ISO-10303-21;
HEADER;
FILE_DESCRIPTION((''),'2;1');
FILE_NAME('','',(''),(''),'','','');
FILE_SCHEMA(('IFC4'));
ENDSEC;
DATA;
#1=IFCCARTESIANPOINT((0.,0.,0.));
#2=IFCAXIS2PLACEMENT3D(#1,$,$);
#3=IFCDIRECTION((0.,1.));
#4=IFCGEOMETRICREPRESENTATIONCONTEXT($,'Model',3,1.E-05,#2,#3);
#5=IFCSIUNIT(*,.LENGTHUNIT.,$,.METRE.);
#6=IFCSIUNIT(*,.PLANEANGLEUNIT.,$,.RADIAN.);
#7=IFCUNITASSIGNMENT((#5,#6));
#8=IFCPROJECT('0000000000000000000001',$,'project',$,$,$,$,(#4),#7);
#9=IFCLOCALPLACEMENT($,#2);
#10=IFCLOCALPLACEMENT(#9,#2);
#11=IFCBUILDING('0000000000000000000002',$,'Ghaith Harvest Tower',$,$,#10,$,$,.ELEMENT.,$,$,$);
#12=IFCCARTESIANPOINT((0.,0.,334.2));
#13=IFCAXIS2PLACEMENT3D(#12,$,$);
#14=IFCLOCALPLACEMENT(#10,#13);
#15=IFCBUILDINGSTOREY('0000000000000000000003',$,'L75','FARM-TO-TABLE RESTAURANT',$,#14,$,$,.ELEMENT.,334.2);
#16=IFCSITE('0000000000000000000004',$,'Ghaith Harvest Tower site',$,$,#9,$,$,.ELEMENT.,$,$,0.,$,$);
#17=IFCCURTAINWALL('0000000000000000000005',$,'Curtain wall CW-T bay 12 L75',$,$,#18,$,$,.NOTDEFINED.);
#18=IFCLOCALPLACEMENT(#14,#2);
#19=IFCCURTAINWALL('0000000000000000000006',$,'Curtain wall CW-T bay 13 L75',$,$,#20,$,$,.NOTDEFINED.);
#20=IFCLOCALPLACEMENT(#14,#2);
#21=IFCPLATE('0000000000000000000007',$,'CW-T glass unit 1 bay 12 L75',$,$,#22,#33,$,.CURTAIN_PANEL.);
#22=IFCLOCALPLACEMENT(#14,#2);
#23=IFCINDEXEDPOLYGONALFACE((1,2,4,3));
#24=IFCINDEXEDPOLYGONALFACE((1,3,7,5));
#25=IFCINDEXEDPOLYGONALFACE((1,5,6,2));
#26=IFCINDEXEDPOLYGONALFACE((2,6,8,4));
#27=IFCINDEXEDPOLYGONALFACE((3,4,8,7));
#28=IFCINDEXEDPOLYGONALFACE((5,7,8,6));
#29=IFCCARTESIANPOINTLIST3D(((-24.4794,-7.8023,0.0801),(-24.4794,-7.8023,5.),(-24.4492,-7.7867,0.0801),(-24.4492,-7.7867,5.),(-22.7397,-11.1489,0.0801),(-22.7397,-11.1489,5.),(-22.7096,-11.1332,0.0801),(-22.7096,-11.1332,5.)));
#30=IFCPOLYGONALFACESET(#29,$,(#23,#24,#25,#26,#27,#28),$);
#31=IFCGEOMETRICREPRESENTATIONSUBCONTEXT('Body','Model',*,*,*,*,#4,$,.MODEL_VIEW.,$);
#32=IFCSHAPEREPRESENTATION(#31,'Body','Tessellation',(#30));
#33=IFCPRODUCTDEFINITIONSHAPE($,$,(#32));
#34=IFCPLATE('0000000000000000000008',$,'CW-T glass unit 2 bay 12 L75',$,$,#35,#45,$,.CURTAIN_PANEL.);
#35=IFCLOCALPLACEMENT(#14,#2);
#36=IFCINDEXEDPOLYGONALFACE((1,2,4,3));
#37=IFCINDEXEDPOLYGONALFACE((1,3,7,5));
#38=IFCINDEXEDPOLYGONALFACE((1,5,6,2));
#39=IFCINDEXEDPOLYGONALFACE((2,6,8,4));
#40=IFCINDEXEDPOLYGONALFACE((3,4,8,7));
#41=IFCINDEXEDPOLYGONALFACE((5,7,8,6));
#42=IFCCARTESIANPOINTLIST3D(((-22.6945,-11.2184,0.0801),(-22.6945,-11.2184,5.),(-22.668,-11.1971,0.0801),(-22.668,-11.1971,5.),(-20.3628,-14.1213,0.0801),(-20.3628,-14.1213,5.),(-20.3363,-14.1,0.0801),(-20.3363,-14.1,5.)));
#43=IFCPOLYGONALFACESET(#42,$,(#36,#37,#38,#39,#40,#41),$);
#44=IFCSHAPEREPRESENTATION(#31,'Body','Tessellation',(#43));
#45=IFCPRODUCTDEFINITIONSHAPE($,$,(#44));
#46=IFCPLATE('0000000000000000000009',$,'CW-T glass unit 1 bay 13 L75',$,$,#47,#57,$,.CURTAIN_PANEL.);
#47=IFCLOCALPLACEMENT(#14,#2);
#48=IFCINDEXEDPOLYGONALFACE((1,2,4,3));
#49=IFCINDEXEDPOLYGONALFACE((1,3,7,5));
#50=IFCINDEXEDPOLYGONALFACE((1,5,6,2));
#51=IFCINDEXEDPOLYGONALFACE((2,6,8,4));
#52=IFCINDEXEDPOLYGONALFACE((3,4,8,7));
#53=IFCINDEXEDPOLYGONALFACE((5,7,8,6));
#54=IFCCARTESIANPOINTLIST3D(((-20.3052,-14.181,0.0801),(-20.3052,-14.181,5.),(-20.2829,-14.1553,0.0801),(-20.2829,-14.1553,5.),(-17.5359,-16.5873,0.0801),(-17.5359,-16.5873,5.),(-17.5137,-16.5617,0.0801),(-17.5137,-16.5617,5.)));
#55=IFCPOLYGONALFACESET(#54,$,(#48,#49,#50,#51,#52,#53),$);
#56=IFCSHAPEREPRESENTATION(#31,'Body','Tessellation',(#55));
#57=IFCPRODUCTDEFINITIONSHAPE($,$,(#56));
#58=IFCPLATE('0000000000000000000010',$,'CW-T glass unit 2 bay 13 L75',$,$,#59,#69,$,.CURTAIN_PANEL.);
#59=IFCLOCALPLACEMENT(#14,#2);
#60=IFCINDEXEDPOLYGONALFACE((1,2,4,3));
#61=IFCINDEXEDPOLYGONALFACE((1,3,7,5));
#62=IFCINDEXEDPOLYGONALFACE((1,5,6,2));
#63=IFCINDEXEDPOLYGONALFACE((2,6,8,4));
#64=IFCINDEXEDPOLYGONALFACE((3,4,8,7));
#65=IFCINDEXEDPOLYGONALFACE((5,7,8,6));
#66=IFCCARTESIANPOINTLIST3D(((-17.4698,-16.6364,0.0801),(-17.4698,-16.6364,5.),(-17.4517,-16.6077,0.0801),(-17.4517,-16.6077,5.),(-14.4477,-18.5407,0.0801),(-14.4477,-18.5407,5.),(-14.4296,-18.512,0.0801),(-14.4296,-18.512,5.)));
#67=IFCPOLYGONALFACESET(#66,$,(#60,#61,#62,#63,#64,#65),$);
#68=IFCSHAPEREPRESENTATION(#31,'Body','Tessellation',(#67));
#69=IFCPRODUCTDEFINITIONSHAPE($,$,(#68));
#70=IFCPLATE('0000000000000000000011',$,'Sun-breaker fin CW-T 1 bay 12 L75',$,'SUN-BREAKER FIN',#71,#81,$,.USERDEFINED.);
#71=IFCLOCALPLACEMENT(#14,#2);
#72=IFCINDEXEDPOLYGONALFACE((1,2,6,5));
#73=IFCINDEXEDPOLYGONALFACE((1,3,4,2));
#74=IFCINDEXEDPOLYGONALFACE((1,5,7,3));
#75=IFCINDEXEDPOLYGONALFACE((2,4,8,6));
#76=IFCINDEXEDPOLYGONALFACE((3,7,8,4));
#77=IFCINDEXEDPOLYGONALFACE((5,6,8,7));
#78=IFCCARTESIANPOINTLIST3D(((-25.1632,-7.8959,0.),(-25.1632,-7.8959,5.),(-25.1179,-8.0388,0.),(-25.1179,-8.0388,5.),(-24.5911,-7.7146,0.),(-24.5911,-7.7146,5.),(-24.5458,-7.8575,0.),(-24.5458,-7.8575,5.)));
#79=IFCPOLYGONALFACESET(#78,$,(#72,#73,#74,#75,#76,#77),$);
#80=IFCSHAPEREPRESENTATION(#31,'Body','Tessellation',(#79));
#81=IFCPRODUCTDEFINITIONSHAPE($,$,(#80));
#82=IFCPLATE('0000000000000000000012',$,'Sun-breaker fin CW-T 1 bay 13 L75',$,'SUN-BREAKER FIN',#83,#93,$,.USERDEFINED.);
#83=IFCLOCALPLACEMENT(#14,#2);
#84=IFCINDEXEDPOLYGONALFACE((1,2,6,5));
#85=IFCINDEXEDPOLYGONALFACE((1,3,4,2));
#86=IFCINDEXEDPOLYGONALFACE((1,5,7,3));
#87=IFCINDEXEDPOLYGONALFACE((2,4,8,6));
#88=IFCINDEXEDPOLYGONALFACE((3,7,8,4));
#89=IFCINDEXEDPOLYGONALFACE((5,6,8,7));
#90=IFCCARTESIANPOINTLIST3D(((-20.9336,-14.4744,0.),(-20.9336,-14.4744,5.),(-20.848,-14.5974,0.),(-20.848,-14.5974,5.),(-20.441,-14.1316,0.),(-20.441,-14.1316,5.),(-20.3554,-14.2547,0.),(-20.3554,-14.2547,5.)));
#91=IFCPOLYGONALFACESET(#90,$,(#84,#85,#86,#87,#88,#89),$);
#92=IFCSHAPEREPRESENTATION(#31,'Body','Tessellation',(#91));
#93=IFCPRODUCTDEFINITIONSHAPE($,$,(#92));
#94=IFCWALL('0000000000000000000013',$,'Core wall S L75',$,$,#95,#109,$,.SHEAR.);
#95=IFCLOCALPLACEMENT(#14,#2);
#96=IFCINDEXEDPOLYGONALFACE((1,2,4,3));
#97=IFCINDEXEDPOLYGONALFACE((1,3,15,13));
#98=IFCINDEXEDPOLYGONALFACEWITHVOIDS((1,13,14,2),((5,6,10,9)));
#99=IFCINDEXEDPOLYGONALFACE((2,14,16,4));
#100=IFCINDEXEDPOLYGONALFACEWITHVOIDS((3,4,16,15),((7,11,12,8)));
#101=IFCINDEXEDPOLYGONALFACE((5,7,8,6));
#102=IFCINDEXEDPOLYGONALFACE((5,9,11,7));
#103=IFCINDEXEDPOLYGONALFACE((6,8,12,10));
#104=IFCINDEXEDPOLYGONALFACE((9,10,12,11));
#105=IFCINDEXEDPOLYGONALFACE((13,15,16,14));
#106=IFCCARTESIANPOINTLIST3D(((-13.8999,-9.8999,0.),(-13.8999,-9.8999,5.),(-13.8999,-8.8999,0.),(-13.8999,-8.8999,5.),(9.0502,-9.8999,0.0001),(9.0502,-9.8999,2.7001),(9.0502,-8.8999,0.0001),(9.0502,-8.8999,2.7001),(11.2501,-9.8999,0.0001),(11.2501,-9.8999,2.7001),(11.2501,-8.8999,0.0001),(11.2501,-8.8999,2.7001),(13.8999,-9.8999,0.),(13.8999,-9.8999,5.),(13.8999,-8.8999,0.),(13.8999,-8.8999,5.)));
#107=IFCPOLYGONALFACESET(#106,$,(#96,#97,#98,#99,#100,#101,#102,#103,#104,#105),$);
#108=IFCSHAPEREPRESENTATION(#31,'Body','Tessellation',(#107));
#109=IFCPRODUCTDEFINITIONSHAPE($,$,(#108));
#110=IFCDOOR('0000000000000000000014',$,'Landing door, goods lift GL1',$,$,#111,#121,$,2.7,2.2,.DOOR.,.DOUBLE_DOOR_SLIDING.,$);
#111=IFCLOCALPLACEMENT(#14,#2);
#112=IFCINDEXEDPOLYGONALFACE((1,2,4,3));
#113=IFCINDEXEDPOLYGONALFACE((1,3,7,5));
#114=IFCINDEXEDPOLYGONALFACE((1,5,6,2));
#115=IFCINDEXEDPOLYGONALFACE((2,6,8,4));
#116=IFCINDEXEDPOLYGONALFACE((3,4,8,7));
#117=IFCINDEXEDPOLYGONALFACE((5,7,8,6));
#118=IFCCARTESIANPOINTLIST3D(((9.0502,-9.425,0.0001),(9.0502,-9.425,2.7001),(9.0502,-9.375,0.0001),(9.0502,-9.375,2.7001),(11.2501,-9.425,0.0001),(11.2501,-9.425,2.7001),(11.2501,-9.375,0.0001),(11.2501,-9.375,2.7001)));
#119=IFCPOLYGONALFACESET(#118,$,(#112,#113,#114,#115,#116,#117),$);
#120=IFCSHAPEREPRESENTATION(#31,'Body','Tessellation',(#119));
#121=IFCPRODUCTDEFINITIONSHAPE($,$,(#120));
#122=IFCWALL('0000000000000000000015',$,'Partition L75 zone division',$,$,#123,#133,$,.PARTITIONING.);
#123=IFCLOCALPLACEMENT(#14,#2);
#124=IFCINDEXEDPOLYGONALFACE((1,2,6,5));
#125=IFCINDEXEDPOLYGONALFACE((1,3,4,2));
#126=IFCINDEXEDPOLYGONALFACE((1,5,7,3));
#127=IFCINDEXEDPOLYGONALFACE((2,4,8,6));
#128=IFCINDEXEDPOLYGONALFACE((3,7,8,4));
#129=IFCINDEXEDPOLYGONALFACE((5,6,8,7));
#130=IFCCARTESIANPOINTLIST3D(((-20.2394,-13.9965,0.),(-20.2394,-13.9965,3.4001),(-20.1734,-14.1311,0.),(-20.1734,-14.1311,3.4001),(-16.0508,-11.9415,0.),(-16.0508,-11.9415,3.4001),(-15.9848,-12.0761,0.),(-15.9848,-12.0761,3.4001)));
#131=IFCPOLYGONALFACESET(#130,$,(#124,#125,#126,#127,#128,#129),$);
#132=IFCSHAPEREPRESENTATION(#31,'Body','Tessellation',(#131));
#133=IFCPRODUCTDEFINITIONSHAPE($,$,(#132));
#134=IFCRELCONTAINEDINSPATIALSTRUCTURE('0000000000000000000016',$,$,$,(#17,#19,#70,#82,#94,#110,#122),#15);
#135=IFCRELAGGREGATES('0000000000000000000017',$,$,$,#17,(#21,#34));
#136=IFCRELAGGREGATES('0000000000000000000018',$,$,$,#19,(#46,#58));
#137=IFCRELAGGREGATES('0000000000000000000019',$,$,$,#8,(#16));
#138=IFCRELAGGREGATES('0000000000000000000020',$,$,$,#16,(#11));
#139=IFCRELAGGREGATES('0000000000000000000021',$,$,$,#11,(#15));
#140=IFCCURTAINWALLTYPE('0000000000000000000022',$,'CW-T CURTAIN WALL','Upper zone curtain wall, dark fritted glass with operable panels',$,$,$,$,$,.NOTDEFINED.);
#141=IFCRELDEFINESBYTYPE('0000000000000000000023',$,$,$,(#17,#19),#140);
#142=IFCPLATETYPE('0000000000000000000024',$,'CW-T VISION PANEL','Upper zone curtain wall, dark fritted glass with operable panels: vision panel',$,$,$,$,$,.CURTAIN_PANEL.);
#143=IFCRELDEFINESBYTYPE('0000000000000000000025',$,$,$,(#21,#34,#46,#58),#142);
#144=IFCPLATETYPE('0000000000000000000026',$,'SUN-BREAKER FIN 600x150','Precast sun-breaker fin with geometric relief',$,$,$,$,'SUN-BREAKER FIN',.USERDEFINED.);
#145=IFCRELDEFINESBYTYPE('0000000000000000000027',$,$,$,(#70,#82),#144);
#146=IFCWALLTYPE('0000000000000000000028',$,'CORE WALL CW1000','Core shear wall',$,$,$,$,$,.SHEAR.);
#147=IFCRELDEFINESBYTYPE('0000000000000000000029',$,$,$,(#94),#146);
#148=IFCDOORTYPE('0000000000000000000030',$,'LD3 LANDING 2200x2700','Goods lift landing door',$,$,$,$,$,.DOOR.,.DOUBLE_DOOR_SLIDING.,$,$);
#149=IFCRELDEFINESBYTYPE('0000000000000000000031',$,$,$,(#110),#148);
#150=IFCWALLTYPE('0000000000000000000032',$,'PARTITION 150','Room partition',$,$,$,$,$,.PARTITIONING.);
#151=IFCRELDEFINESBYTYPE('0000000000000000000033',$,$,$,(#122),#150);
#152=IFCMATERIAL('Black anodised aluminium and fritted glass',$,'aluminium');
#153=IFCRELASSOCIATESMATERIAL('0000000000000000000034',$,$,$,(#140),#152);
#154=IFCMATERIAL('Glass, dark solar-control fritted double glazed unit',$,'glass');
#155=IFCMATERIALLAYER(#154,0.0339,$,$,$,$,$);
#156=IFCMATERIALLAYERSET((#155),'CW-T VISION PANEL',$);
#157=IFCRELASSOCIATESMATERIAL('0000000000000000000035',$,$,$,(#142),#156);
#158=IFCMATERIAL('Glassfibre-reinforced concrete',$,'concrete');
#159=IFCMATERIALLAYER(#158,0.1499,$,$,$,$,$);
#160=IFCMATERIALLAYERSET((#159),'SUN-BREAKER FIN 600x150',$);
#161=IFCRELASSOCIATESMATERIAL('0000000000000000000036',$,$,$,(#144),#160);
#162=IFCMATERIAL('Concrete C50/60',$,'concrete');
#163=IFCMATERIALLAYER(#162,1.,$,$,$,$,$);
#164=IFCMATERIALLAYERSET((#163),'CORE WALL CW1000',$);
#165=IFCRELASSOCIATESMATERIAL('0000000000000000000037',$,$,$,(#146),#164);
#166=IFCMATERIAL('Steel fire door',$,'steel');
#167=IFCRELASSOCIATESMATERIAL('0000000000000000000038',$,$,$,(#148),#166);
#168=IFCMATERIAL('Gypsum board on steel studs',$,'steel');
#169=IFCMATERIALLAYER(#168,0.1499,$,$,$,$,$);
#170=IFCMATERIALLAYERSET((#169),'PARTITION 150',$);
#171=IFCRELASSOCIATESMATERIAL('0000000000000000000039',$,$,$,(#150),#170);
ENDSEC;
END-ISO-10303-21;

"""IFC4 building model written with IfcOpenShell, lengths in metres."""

from ifc_helpers import new_model, si_unit, direction, frame, frame_2d, origin, origin_2d, place, context, subcontext, project, spatial, rectangle, extrude, material, layer, layer_set, type_object, element, fill, aggregate, save


model = new_model("IFC4")

# Units and contexts
model_context = context("Model", 3, precision=1e-05, world=origin(), true_north=direction((0.0, 1.0)))
body_context = subcontext(model_context, "Body", "Model", "MODEL_VIEW")
ifc_project = project(units=[si_unit("LENGTHUNIT", "METRE"), si_unit("PLANEANGLEUNIT", "RADIAN")], contexts=[model_context])

# Site, building, storey
site_placement = place(None, origin())
site = spatial("IfcSite", under=ifc_project, at=site_placement, Name="Ghaith Harvest Tower site", CompositionType="ELEMENT", RefElevation=0.0)
building_placement = place(site_placement, origin())
building = spatial("IfcBuilding", under=site, at=building_placement, Name="Ghaith Harvest Tower", CompositionType="ELEMENT")
storey_placement = place(building_placement, frame((0.0, 0.0, 334.2)))
storey = spatial("IfcBuildingStorey", under=building, at=storey_placement, Name="L75", Description="FARM-TO-TABLE RESTAURANT", CompositionType="ELEMENT", Elevation=334.2)

# Curtain walls
ifc_material_1 = material(Name="Black anodised aluminium and fritted glass", Category="aluminium")
curtain_wall_type = type_object("IfcCurtainWallType", Name="CW-T CURTAIN WALL", Description="Upper zone curtain wall, dark fritted glass with operable panels", PredefinedType="NOTDEFINED", material=ifc_material_1)
curtain_wall_1_placement = place(storey_placement, origin())
curtain_wall_1 = element("IfcCurtainWall", 1, at=curtain_wall_1_placement, inside=storey, type_object=curtain_wall_type, Name="Curtain wall CW-T bay 12 L75", PredefinedType="NOTDEFINED")
curtain_wall_2_placement = place(storey_placement, origin())
curtain_wall_2 = element("IfcCurtainWall", 2, at=curtain_wall_2_placement, inside=storey, type_object=curtain_wall_type, Name="Curtain wall CW-T bay 13 L75", PredefinedType="NOTDEFINED")

# Plates
ifc_material_2 = material(Name="Glass, dark solar-control fritted double glazed unit", Category="glass")
ifc_layer_1 = layer(ifc_material_2, 0.0339)
ifc_layer_set_1 = layer_set([ifc_layer_1], Name="CW-T VISION PANEL")
plate_type_1 = type_object("IfcPlateType", Name="CW-T VISION PANEL", Description="Upper zone curtain wall, dark fritted glass with operable panels: vision panel", PredefinedType="CURTAIN_PANEL", material=ifc_layer_set_1)
plate_1_placement = place(storey_placement, frame((-23.5945, -9.4678, 0.0801), z_axis=(0.0, 0.0, 1.0), x_axis=(0.46123, -0.887281, 0.0)))
plate_1 = element("IfcPlate", 3, at=plate_1_placement, type_object=plate_type_1, Name="CW-T glass unit 1 bay 12 L75", PredefinedType="CURTAIN_PANEL", context=body_context, shape_type="SweptSolid", body=[
    extrude(rectangle(XDim=3.7717, YDim=0.0339, at=origin_2d()), origin(), (0.0, 0.0, 1.0), 4.9199),
])
plate_2_placement = place(storey_placement, frame((-21.5154, -12.6592, 0.0801), z_axis=(0.0, 0.0, 1.0), x_axis=(0.62623, -0.779639, 0.0)))
plate_2 = element("IfcPlate", 4, at=plate_2_placement, type_object=plate_type_1, Name="CW-T glass unit 2 bay 12 L75", PredefinedType="CURTAIN_PANEL", context=body_context, shape_type="SweptSolid", body=[
    extrude(rectangle(XDim=3.7234, YDim=0.0339, at=origin_2d()), origin(), (0.0, 0.0, 1.0), 4.9199),
])
aggregate(curtain_wall_1, [plate_1, plate_2])
plate_3_placement = place(storey_placement, frame((-18.9094, -15.3713, 0.0801), z_axis=(0.0, 0.0, 1.0), x_axis=(0.754829, -0.655922, 0.0)))
plate_3 = element("IfcPlate", 5, at=plate_3_placement, type_object=plate_type_1, Name="CW-T glass unit 1 bay 13 L75", PredefinedType="CURTAIN_PANEL", context=body_context, shape_type="SweptSolid", body=[
    extrude(rectangle(XDim=3.6687, YDim=0.0339, at=origin_2d()), origin(), (0.0, 0.0, 1.0), 4.9199),
])
plate_4_placement = place(storey_placement, frame((-15.9497, -17.5742, 0.0801), z_axis=(0.0, 0.0, 1.0), x_axis=(0.846043, -0.533114, 0.0)))
plate_4 = element("IfcPlate", 6, at=plate_4_placement, type_object=plate_type_1, Name="CW-T glass unit 2 bay 13 L75", PredefinedType="CURTAIN_PANEL", context=body_context, shape_type="SweptSolid", body=[
    extrude(rectangle(XDim=3.572, YDim=0.0339, at=origin_2d()), origin(), (0.0, 0.0, 1.0), 4.9199),
])
aggregate(curtain_wall_2, [plate_3, plate_4])

# Plates
ifc_material_3 = material(Name="Glassfibre-reinforced concrete", Category="concrete")
ifc_layer_2 = layer(ifc_material_3, 0.1499)
ifc_layer_set_2 = layer_set([ifc_layer_2], Name="SUN-BREAKER FIN 600x150")
plate_type_2 = type_object("IfcPlateType", Name="SUN-BREAKER FIN 600x150", Description="Precast sun-breaker fin with geometric relief", ElementType="SUN-BREAKER FIN", PredefinedType="USERDEFINED", material=ifc_layer_set_2)
for number, where, z_axis, x_axis, name in (
    (7, (-24.8545, -7.8767, 0.0), (0.0, 0.0, 1.0), (-0.953273, -0.30211, 0.0), "Sun-breaker fin CW-T 1 bay 12 L75"),
    (8, (-20.6445, -14.3645, 0.0), (0.0, 0.0, 1.0), (-0.820845, -0.57115, 0.0), "Sun-breaker fin CW-T 1 bay 13 L75"),
):
    element("IfcPlate", number, at=place(storey_placement, frame(where, z_axis=z_axis, x_axis=x_axis)), inside=storey, type_object=plate_type_2, Name=name, ObjectType="SUN-BREAKER FIN", PredefinedType="USERDEFINED", context=body_context, shape_type="SweptSolid", body=[
        extrude(rectangle(XDim=0.6001, YDim=0.1499, at=origin_2d()), origin(), (0.0, 0.0, 1.0), 5.0),
    ])

# Wall, opening, door
ifc_material_4 = material(Name="Concrete C50/60", Category="concrete")
ifc_layer_3 = layer(ifc_material_4, 1.0)
ifc_layer_set_3 = layer_set([ifc_layer_3], Name="CORE WALL CW1000")
wall_type_1 = type_object("IfcWallType", Name="CORE WALL CW1000", Description="Core shear wall", PredefinedType="SHEAR", material=ifc_layer_set_3)
wall_1_placement = place(storey_placement, frame((-13.8999, -9.3999, 0.0), z_axis=(0.0, 0.0, 1.0), x_axis=(1.0, 0.0, 0.0)))
wall_1 = element("IfcWall", 9, at=wall_1_placement, inside=storey, type_object=wall_type_1, Name="Core wall S L75", PredefinedType="SHEAR", context=body_context, shape_type="SweptSolid", body=[
    extrude(rectangle(XDim=27.7998, YDim=1.0, at=frame_2d((13.8999, 0.0))), origin(), (0.0, 0.0, 1.0), 5.0),
])
opening_1_placement = place(wall_1_placement, frame((22.95, 0.0, 0.0)))
opening_1 = element("IfcOpeningElement", 10, at=opening_1_placement, cuts=wall_1, PredefinedType="OPENING", context=body_context, shape_type="SweptSolid", body=[
    extrude(rectangle(XDim=2.2, YDim=2.7, at=frame_2d((1.1001, 1.3501))), frame((0.0, 0.51, 0.0), z_axis=(0.0, -1.0, 0.0), x_axis=(1.0, 0.0, 0.0)), (0.0, 0.0, 1.0), 1.02),
])
ifc_material_5 = material(Name="Steel fire door", Category="steel")
door_type_1 = type_object("IfcDoorType", Name="LD3 LANDING 2200x2700", Description="Goods lift landing door", OperationType="DOUBLE_DOOR_SLIDING", PredefinedType="DOOR", material=ifc_material_5)
door_1_placement = place(opening_1_placement, origin())
door_1 = element("IfcDoor", 11, at=door_1_placement, inside=storey, type_object=door_type_1, Name="Landing door, goods lift GL1", OperationType="DOUBLE_DOOR_SLIDING", OverallHeight=2.7, OverallWidth=2.2, PredefinedType="DOOR", context=body_context, shape_type="SweptSolid", body=[
    extrude(rectangle(XDim=2.2, YDim=2.7, at=frame_2d((1.1001, 1.3501))), frame((0.0, 0.0249, 0.0), z_axis=(0.0, -1.0, 0.0), x_axis=(1.0, 0.0, 0.0)), (0.0, 0.0, 1.0), 0.05),
])
fill(opening_1, door_1)

# Wall
ifc_material_6 = material(Name="Gypsum board on steel studs", Category="steel")
ifc_layer_4 = layer(ifc_material_6, 0.1499)
ifc_layer_set_4 = layer_set([ifc_layer_4], Name="PARTITION 150")
wall_type_2 = type_object("IfcWallType", Name="PARTITION 150", Description="Room partition", PredefinedType="PARTITIONING", material=ifc_layer_set_4)
wall_2_placement = place(storey_placement, frame((-16.0178, -12.0088, 0.0), z_axis=(0.0, 0.0, 1.0), x_axis=(-0.897772, -0.440461, 0.0)))
element("IfcWall", 12, at=wall_2_placement, inside=storey, type_object=wall_type_2, Name="Partition L75 zone division", PredefinedType="PARTITIONING", context=body_context, shape_type="SweptSolid", body=[
    extrude(rectangle(XDim=4.6655, YDim=0.1499, at=frame_2d((2.3328, 0.0))), origin(), (0.0, 0.0, 1.0), 3.4001),
])

save(model, "model.ifc")
